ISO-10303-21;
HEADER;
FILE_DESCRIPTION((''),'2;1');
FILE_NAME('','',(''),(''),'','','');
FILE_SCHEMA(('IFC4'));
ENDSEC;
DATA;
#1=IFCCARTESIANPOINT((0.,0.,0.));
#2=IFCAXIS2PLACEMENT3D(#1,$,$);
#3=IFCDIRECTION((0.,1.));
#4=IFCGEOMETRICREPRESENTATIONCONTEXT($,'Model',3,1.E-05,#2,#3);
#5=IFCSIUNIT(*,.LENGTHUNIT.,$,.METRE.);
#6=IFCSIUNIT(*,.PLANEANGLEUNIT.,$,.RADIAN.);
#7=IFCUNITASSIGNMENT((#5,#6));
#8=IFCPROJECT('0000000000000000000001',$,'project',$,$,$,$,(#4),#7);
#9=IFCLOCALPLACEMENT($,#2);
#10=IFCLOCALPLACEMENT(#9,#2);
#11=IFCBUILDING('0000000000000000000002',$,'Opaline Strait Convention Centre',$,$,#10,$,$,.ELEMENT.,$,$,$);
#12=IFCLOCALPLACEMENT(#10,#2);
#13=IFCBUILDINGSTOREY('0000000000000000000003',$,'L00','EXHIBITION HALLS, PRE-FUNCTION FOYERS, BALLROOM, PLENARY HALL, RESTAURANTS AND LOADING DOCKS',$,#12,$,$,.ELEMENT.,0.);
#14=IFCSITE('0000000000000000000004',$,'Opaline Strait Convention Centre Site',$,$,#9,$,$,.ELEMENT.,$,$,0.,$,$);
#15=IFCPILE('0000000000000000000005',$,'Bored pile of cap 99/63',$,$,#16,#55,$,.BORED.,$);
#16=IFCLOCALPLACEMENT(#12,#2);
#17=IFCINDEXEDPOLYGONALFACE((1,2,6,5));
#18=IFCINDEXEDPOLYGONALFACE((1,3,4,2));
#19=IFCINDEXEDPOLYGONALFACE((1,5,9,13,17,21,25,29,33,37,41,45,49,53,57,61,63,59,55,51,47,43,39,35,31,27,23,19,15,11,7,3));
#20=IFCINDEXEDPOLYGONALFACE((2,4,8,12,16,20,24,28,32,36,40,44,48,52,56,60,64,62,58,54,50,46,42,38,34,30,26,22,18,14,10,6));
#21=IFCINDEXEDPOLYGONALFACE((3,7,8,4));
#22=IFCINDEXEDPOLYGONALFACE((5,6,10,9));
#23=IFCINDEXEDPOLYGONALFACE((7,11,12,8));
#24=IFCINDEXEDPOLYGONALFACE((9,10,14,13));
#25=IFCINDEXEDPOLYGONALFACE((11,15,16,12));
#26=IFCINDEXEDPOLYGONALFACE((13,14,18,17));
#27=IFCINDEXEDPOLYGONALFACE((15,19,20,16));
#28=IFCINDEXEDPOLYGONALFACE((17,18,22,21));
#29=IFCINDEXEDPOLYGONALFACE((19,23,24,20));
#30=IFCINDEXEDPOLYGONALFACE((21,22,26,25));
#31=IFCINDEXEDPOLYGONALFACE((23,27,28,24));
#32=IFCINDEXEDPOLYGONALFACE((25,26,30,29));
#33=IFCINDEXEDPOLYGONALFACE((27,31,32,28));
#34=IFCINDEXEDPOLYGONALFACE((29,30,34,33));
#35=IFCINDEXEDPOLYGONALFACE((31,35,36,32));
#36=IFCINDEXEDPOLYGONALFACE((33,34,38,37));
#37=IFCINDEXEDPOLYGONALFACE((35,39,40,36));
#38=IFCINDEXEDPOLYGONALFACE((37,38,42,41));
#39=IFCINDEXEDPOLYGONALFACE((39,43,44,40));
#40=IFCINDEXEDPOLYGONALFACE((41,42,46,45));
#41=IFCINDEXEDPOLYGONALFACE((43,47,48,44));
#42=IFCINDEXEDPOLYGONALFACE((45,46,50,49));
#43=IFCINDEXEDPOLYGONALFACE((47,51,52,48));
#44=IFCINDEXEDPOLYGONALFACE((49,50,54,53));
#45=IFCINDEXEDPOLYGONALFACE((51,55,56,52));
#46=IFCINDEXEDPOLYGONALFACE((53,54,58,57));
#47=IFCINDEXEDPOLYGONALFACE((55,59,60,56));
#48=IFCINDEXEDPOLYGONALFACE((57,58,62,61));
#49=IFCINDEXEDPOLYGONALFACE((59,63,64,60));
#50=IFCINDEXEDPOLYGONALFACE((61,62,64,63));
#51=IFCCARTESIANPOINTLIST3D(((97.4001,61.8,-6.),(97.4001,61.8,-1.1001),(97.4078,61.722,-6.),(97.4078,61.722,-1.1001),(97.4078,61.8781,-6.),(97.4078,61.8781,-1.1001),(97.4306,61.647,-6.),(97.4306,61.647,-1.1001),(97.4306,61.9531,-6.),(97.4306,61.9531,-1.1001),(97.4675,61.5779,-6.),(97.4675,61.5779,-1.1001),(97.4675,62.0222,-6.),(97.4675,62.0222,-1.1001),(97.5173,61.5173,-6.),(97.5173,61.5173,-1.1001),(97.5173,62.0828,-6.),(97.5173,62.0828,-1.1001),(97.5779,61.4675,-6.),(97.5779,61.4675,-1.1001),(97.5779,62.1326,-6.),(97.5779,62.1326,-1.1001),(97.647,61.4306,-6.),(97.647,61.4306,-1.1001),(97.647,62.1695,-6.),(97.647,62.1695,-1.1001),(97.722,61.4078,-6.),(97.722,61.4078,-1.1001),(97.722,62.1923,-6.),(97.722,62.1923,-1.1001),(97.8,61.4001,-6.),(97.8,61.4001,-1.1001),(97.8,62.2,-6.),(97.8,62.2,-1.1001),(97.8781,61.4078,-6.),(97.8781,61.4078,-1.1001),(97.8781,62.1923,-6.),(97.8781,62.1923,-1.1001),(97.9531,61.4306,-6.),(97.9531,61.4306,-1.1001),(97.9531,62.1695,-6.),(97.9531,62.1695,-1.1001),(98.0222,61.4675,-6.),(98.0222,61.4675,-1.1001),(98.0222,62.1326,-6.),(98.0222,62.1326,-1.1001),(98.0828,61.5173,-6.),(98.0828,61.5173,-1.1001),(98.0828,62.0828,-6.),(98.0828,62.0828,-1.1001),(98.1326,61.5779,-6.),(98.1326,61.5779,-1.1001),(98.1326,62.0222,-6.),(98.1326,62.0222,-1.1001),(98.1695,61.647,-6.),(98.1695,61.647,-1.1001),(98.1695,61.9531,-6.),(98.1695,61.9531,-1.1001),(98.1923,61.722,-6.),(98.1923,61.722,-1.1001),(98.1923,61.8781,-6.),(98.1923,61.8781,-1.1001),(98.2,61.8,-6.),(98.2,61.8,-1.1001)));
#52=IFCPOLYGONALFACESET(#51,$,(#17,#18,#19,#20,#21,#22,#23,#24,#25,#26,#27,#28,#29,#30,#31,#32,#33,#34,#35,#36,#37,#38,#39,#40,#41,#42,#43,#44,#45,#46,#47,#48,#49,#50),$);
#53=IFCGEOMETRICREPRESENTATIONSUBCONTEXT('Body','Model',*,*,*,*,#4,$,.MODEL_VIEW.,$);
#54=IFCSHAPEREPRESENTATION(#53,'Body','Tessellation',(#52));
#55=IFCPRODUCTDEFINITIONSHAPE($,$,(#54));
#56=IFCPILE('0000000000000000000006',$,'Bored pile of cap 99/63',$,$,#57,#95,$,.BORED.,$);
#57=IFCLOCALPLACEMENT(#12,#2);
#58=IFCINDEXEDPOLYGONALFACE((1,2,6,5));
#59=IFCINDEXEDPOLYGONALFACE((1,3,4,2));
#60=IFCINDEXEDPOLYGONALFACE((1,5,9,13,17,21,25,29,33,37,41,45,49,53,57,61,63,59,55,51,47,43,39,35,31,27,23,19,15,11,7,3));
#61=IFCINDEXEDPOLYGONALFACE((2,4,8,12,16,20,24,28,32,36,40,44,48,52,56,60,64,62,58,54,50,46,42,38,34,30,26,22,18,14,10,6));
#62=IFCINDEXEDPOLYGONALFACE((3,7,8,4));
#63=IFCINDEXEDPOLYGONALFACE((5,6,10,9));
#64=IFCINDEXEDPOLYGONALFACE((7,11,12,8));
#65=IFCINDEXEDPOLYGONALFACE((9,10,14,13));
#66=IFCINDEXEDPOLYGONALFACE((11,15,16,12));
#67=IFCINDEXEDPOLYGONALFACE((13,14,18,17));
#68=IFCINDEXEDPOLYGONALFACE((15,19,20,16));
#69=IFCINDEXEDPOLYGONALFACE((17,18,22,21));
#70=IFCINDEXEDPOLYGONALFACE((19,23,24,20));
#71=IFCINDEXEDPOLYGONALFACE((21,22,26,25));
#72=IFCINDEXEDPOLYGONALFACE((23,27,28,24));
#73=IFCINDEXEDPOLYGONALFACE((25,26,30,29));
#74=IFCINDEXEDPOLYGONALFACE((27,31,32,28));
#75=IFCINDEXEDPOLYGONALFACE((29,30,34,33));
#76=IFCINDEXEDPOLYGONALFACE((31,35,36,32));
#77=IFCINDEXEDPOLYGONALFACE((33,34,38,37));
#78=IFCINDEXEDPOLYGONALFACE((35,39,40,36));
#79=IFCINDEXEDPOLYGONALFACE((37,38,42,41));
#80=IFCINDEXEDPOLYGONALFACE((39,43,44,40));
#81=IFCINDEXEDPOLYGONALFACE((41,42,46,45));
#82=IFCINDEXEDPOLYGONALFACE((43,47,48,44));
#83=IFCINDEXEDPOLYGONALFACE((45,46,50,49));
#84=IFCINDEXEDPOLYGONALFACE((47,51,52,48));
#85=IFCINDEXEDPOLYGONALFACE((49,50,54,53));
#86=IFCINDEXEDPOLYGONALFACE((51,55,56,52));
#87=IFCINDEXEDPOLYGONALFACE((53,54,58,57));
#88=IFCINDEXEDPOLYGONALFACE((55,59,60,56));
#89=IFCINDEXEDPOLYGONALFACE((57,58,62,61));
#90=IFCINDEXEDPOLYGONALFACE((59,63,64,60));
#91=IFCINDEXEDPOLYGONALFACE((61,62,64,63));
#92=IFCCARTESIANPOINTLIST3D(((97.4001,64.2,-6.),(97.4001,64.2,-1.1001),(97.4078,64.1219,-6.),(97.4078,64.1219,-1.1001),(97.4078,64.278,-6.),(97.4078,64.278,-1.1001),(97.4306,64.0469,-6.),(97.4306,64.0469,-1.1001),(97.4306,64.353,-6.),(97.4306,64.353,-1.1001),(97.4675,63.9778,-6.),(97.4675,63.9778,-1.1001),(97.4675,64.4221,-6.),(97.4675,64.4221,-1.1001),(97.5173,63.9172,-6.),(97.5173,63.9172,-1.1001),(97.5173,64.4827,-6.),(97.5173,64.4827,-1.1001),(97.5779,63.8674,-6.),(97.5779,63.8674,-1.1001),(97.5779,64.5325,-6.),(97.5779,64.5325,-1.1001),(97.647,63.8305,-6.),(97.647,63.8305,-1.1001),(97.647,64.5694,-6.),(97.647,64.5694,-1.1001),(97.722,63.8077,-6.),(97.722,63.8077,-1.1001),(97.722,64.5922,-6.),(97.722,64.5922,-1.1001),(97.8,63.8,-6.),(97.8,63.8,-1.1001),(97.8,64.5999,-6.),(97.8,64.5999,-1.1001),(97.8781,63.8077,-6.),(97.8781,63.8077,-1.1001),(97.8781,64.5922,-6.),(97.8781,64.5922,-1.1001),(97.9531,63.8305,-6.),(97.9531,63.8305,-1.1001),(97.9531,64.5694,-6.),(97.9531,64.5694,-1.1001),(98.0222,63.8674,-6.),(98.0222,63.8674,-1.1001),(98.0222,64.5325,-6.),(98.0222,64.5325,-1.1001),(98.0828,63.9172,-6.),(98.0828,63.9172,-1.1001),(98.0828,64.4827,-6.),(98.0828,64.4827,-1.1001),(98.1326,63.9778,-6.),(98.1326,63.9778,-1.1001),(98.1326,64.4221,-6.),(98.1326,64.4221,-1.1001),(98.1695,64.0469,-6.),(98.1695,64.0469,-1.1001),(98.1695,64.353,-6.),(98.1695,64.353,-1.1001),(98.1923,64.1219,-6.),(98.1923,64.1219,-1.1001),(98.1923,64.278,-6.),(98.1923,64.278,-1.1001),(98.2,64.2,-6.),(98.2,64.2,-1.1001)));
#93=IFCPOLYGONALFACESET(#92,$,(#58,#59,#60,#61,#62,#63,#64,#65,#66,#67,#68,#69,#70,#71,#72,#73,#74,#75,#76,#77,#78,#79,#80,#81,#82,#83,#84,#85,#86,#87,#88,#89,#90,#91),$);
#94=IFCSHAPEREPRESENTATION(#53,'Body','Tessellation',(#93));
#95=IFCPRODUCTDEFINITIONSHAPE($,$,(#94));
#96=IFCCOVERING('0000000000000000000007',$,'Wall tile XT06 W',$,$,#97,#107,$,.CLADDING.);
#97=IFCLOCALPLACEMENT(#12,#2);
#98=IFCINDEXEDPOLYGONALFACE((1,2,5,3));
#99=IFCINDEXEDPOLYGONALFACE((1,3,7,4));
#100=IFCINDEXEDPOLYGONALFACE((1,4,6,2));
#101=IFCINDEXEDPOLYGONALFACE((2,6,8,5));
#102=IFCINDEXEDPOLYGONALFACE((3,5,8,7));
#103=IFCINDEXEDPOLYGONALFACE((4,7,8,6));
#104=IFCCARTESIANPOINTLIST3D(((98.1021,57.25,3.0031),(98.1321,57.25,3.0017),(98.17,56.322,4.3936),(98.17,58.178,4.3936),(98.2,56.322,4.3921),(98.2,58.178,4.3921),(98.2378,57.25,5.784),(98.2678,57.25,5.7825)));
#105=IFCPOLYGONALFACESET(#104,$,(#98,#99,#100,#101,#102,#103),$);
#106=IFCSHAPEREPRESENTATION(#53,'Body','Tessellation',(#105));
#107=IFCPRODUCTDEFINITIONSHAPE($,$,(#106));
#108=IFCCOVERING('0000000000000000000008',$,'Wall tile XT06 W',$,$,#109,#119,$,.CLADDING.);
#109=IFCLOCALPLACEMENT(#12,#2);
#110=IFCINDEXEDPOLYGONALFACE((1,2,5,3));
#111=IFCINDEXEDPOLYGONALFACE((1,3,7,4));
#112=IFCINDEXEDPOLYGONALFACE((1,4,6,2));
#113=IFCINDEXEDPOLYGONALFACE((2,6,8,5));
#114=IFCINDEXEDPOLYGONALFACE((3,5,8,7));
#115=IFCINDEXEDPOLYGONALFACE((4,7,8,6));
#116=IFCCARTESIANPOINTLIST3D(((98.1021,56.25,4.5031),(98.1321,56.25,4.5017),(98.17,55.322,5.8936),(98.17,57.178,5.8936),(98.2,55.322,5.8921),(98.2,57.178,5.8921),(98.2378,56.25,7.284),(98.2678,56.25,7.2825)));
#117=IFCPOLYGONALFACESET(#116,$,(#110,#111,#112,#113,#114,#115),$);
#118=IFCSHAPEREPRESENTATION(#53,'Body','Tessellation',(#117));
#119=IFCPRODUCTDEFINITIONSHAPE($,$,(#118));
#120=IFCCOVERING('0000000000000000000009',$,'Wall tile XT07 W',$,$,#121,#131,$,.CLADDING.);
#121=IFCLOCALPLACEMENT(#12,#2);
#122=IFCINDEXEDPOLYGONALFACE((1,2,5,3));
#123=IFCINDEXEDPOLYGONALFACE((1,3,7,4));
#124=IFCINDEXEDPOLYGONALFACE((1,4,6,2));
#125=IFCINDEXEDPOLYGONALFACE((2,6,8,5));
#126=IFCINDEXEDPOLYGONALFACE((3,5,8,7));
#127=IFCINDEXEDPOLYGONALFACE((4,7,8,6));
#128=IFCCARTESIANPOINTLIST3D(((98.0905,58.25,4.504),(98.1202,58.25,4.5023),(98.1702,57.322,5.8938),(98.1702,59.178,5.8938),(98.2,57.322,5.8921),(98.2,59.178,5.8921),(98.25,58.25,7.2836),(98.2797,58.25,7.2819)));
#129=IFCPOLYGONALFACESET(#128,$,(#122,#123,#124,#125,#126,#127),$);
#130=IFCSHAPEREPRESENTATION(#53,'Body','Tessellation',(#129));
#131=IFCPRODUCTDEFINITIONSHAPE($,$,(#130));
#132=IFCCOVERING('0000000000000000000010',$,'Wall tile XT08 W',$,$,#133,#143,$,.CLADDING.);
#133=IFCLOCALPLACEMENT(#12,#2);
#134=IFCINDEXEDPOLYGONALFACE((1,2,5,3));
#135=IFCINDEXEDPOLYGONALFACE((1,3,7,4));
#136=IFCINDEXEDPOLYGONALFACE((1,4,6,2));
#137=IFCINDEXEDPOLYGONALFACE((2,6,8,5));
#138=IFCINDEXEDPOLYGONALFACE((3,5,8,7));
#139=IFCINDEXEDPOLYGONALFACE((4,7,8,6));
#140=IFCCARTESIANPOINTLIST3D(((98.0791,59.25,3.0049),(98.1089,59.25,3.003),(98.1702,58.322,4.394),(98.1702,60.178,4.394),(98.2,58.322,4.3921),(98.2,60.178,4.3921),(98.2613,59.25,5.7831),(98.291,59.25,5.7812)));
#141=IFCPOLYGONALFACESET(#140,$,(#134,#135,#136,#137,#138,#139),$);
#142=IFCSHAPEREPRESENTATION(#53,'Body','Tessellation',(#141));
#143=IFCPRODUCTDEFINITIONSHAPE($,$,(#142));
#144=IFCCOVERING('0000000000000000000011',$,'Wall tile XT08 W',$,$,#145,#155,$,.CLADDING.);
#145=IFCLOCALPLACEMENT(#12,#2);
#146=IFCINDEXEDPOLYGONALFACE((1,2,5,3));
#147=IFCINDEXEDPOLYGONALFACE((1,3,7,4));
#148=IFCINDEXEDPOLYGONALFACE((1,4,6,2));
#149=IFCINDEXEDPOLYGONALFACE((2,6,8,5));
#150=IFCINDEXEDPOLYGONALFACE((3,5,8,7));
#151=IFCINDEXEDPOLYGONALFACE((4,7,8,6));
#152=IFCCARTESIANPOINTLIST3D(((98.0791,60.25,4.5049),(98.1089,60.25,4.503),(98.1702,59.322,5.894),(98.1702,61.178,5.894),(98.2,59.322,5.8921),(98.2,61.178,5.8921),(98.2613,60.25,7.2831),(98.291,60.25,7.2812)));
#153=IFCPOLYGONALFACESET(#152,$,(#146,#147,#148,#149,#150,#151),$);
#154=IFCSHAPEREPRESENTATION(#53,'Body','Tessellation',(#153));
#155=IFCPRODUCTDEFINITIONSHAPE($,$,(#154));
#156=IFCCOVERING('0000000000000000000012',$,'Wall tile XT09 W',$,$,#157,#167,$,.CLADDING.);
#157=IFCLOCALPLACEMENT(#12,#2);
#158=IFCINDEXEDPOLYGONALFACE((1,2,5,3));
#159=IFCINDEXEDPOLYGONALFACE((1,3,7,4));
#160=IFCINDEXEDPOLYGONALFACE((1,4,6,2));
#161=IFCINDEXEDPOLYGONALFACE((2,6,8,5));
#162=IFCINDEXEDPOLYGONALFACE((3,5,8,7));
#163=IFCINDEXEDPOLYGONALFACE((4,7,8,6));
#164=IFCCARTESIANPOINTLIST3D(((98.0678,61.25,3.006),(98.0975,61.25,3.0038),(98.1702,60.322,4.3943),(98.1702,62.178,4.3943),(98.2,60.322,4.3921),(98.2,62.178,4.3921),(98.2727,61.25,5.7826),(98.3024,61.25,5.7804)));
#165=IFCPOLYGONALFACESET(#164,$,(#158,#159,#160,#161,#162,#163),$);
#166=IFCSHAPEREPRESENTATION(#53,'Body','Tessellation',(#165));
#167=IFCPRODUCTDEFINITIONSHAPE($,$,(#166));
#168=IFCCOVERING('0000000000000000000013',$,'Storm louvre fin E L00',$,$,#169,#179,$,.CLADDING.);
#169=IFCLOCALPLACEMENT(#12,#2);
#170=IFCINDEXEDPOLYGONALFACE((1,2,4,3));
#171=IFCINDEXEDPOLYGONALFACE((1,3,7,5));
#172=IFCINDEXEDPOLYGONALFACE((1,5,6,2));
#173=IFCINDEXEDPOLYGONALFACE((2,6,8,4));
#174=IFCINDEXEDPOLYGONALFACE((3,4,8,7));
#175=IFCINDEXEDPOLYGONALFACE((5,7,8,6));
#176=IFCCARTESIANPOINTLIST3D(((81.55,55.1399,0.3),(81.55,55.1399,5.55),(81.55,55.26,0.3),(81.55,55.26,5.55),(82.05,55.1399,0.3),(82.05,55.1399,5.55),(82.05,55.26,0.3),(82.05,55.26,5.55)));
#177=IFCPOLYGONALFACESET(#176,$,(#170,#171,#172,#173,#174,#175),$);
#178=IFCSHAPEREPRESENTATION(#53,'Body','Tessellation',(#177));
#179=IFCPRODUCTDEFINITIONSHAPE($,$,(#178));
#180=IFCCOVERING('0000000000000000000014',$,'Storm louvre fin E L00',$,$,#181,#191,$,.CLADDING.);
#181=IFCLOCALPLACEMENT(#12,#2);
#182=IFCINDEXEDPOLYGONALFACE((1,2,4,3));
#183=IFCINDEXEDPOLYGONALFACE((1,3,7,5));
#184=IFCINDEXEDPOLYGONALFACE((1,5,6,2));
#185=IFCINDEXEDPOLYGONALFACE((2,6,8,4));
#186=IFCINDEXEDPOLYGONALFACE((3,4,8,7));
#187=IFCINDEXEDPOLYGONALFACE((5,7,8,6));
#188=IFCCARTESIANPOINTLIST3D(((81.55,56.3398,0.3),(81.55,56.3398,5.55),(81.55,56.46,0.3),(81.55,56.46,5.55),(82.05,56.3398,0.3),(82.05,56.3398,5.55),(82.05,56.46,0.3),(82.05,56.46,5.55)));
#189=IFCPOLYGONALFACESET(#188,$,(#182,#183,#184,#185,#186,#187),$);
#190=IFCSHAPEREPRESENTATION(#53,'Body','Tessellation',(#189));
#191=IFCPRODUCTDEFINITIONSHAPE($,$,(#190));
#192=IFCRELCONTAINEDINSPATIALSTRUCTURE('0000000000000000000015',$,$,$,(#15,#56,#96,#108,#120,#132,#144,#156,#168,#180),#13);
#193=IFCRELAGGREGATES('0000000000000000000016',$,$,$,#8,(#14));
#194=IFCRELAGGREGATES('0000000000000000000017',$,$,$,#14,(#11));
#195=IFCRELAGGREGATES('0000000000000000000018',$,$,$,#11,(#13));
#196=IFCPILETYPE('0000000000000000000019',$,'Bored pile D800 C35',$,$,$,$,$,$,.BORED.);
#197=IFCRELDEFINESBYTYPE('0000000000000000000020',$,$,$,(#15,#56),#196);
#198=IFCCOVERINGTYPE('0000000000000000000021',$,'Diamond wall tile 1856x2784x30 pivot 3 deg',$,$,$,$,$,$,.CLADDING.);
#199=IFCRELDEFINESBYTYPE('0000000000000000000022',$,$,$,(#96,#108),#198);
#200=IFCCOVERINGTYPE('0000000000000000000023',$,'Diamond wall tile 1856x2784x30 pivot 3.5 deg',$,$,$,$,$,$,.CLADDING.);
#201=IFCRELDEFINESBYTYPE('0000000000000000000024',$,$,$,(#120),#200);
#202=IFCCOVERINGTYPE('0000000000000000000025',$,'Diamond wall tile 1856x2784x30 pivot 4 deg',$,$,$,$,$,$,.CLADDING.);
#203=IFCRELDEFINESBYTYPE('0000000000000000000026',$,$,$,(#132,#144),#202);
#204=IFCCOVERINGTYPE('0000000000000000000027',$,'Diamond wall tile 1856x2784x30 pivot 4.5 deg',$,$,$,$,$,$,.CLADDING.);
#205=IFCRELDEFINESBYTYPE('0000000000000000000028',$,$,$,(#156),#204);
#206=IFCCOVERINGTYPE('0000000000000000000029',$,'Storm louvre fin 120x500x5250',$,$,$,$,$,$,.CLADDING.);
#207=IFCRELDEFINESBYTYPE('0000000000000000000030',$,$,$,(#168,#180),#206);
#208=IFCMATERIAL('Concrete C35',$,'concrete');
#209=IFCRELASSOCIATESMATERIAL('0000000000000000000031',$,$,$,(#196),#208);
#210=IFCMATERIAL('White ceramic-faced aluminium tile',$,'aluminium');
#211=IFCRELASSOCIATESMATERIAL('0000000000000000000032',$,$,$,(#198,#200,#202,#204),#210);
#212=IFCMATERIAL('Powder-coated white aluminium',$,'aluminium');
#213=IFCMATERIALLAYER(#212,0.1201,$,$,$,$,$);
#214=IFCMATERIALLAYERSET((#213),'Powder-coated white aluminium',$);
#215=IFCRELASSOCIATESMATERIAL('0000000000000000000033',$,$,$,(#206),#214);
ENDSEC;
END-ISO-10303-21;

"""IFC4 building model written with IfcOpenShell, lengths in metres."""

from ifc_helpers import new_model, si_unit, direction, frame, origin, origin_2d, place, context, subcontext, project, spatial, polyline, rectangle, circle, outline, extrude, material, layer, layer_set, material_profile, profile_set, type_object, element, save


model = new_model("IFC4")

# Units and contexts
model_context = context("Model", 3, precision=1e-05, world=origin(), true_north=direction((0.0, 1.0)))
body_context = subcontext(model_context, "Body", "Model", "MODEL_VIEW")
ifc_project = project(units=[si_unit("LENGTHUNIT", "METRE"), si_unit("PLANEANGLEUNIT", "RADIAN")], contexts=[model_context])

# Site, building, storey
site_placement = place(None, origin())
site = spatial("IfcSite", under=ifc_project, at=site_placement, Name="Opaline Strait Convention Centre Site", CompositionType="ELEMENT", RefElevation=0.0)
building_placement = place(site_placement, origin())
building = spatial("IfcBuilding", under=site, at=building_placement, Name="Opaline Strait Convention Centre", CompositionType="ELEMENT")
storey_placement = place(building_placement, origin())
storey = spatial("IfcBuildingStorey", under=building, at=storey_placement, Name="L00", Description="EXHIBITION HALLS, PRE-FUNCTION FOYERS, BALLROOM, PLENARY HALL, RESTAURANTS AND LOADING DOCKS", CompositionType="ELEMENT", Elevation=0.0)

# Piles
ifc_material_1 = material(Name="Concrete C35", Category="concrete")
ifc_material_profile_1 = material_profile(ifc_material_1, circle(Radius=0.3999, at=origin_2d()), Name="D800")
ifc_profile_set_1 = profile_set([ifc_material_profile_1], Name="Concrete C35")
pile_type_1 = type_object("IfcPileType", Name="Bored pile D800 C35", PredefinedType="BORED", material=ifc_profile_set_1)
for number, where, z_axis, x_axis, name in (
    (1, (97.8, 61.8, -1.1001), (0.0, 0.0, -1.0), (1.0, 0.0, 0.0), "Bored pile of cap 99/63"),
    (2, (97.8, 64.2, -1.1001), (0.0, 0.0, -1.0), (1.0, 0.0, 0.0), "Bored pile of cap 99/63"),
):
    element("IfcPile", number, at=place(storey_placement, frame(where, z_axis=z_axis, x_axis=x_axis)), inside=storey, type_object=pile_type_1, Name=name, PredefinedType="BORED", context=body_context, shape_type="SweptSolid", body=[
        extrude(circle(Radius=0.3999, at=origin_2d()), origin(), (0.0, 0.0, 1.0), 4.8999),
    ])

# Coverings
ifc_material_2 = material(Name="White ceramic-faced aluminium tile", Category="aluminium")
ifc_material_profile_2 = material_profile(ifc_material_2, outline(polyline([(0.928, 0.0), (0.0, 1.3921), (-0.928, 0.0), (0.0, -1.3921), (0.928, 0.0)])), Name="Diamond tile 1856x2784")
ifc_profile_set_2 = profile_set([ifc_material_profile_2], Name="White ceramic-faced aluminium tile")
covering_type_1 = type_object("IfcCoveringType", Name="Diamond wall tile 1856x2784x30 pivot 3 deg", PredefinedType="CLADDING", material=ifc_profile_set_2)
for number, where, z_axis, x_axis, name in (
    (3, (98.2, 57.25, 4.3921), (-0.998812, 0.0, 0.048723), (0.0, -1.0, 0.0), "Wall tile XT06 W"),
    (4, (98.2, 56.25, 5.8921), (-0.998812, 0.0, 0.048723), (0.0, -1.0, 0.0), "Wall tile XT06 W"),
):
    element("IfcCovering", number, at=place(storey_placement, frame(where, z_axis=z_axis, x_axis=x_axis)), inside=storey, type_object=covering_type_1, Name=name, PredefinedType="CLADDING", context=body_context, shape_type="SweptSolid", body=[
        extrude(outline(polyline([(0.928, 0.0), (0.0, 1.3921), (-0.928, 0.0), (0.0, -1.3921), (0.928, 0.0)])), origin(), (0.0, 0.0, 1.0), 0.03),
    ])
ifc_material_profile_3 = material_profile(ifc_material_2, outline(polyline([(0.928, 0.0), (0.0, 1.3921), (-0.928, 0.0), (0.0, -1.3921), (0.928, 0.0)])), Name="Diamond tile 1856x2784")
ifc_profile_set_3 = profile_set([ifc_material_profile_3], Name="White ceramic-faced aluminium tile")
covering_type_2 = type_object("IfcCoveringType", Name="Diamond wall tile 1856x2784x30 pivot 3.5 deg", PredefinedType="CLADDING", material=ifc_profile_set_3)
covering_1_placement = place(storey_placement, frame((98.2, 58.25, 5.8921), z_axis=(-0.998358, 0.0, 0.057283), x_axis=(0.0, -1.0, 0.0)))
element("IfcCovering", 5, at=covering_1_placement, inside=storey, type_object=covering_type_2, Name="Wall tile XT07 W", PredefinedType="CLADDING", context=body_context, shape_type="SweptSolid", body=[
    extrude(outline(polyline([(0.928, 0.0), (0.0, 1.3921), (-0.928, 0.0), (0.0, -1.3921), (0.928, 0.0)])), origin(), (0.0, 0.0, 1.0), 0.0298),
])
ifc_material_profile_4 = material_profile(ifc_material_2, outline(polyline([(0.928, 0.0), (0.0, 1.3921), (-0.928, 0.0), (0.0, -1.3921), (0.928, 0.0)])), Name="Diamond tile 1856x2784")
ifc_profile_set_4 = profile_set([ifc_material_profile_4], Name="White ceramic-faced aluminium tile")
covering_type_3 = type_object("IfcCoveringType", Name="Diamond wall tile 1856x2784x30 pivot 4 deg", PredefinedType="CLADDING", material=ifc_profile_set_4)
for number, where, z_axis, x_axis, name in (
    (6, (98.2, 59.25, 4.3921), (-0.997857, 0.0, 0.065433), (0.0, -1.0, 0.0), "Wall tile XT08 W"),
    (7, (98.2, 60.25, 5.8921), (-0.997857, 0.0, 0.065433), (0.0, -1.0, 0.0), "Wall tile XT08 W"),
):
    element("IfcCovering", number, at=place(storey_placement, frame(where, z_axis=z_axis, x_axis=x_axis)), inside=storey, type_object=covering_type_3, Name=name, PredefinedType="CLADDING", context=body_context, shape_type="SweptSolid", body=[
        extrude(outline(polyline([(0.928, 0.0), (0.0, 1.3921), (-0.928, 0.0), (0.0, -1.3921), (0.928, 0.0)])), origin(), (0.0, 0.0, 1.0), 0.0298),
    ])
ifc_material_profile_5 = material_profile(ifc_material_2, outline(polyline([(0.928, 0.0), (0.0, 1.3921), (-0.928, 0.0), (0.0, -1.3921), (0.928, 0.0)])), Name="Diamond tile 1856x2784")
ifc_profile_set_5 = profile_set([ifc_material_profile_5], Name="White ceramic-faced aluminium tile")
covering_type_4 = type_object("IfcCoveringType", Name="Diamond wall tile 1856x2784x30 pivot 4.5 deg", PredefinedType="CLADDING", material=ifc_profile_set_5)
covering_2_placement = place(storey_placement, frame((98.2, 61.25, 4.3921), z_axis=(-0.99729, 0.0, 0.073571), x_axis=(0.0, -1.0, 0.0)))
element("IfcCovering", 8, at=covering_2_placement, inside=storey, type_object=covering_type_4, Name="Wall tile XT09 W", PredefinedType="CLADDING", context=body_context, shape_type="SweptSolid", body=[
    extrude(outline(polyline([(0.928, 0.0), (0.0, 1.3921), (-0.928, 0.0), (0.0, -1.3921), (0.928, 0.0)])), origin(), (0.0, 0.0, 1.0), 0.0298),
])
ifc_material_3 = material(Name="Powder-coated white aluminium", Category="aluminium")
ifc_layer = layer(ifc_material_3, 0.1201)
ifc_layer_set = layer_set([ifc_layer], Name="Powder-coated white aluminium")
covering_type_5 = type_object("IfcCoveringType", Name="Storm louvre fin 120x500x5250", PredefinedType="CLADDING", material=ifc_layer_set)
for number, where, z_axis, x_axis, name in (
    (9, (81.8, 55.2, 0.3), (0.0, 0.0, 1.0), (1.0, 0.0, 0.0), "Storm louvre fin E L00"),
    (10, (81.8, 56.3999, 0.3), (0.0, 0.0, 1.0), (1.0, 0.0, 0.0), "Storm louvre fin E L00"),
):
    element("IfcCovering", number, at=place(storey_placement, frame(where, z_axis=z_axis, x_axis=x_axis)), inside=storey, type_object=covering_type_5, Name=name, PredefinedType="CLADDING", context=body_context, shape_type="SweptSolid", body=[
        extrude(rectangle(XDim=0.5, YDim=0.1201, at=origin_2d()), origin(), (0.0, 0.0, 1.0), 5.25),
    ])

save(model, "model.ifc")
